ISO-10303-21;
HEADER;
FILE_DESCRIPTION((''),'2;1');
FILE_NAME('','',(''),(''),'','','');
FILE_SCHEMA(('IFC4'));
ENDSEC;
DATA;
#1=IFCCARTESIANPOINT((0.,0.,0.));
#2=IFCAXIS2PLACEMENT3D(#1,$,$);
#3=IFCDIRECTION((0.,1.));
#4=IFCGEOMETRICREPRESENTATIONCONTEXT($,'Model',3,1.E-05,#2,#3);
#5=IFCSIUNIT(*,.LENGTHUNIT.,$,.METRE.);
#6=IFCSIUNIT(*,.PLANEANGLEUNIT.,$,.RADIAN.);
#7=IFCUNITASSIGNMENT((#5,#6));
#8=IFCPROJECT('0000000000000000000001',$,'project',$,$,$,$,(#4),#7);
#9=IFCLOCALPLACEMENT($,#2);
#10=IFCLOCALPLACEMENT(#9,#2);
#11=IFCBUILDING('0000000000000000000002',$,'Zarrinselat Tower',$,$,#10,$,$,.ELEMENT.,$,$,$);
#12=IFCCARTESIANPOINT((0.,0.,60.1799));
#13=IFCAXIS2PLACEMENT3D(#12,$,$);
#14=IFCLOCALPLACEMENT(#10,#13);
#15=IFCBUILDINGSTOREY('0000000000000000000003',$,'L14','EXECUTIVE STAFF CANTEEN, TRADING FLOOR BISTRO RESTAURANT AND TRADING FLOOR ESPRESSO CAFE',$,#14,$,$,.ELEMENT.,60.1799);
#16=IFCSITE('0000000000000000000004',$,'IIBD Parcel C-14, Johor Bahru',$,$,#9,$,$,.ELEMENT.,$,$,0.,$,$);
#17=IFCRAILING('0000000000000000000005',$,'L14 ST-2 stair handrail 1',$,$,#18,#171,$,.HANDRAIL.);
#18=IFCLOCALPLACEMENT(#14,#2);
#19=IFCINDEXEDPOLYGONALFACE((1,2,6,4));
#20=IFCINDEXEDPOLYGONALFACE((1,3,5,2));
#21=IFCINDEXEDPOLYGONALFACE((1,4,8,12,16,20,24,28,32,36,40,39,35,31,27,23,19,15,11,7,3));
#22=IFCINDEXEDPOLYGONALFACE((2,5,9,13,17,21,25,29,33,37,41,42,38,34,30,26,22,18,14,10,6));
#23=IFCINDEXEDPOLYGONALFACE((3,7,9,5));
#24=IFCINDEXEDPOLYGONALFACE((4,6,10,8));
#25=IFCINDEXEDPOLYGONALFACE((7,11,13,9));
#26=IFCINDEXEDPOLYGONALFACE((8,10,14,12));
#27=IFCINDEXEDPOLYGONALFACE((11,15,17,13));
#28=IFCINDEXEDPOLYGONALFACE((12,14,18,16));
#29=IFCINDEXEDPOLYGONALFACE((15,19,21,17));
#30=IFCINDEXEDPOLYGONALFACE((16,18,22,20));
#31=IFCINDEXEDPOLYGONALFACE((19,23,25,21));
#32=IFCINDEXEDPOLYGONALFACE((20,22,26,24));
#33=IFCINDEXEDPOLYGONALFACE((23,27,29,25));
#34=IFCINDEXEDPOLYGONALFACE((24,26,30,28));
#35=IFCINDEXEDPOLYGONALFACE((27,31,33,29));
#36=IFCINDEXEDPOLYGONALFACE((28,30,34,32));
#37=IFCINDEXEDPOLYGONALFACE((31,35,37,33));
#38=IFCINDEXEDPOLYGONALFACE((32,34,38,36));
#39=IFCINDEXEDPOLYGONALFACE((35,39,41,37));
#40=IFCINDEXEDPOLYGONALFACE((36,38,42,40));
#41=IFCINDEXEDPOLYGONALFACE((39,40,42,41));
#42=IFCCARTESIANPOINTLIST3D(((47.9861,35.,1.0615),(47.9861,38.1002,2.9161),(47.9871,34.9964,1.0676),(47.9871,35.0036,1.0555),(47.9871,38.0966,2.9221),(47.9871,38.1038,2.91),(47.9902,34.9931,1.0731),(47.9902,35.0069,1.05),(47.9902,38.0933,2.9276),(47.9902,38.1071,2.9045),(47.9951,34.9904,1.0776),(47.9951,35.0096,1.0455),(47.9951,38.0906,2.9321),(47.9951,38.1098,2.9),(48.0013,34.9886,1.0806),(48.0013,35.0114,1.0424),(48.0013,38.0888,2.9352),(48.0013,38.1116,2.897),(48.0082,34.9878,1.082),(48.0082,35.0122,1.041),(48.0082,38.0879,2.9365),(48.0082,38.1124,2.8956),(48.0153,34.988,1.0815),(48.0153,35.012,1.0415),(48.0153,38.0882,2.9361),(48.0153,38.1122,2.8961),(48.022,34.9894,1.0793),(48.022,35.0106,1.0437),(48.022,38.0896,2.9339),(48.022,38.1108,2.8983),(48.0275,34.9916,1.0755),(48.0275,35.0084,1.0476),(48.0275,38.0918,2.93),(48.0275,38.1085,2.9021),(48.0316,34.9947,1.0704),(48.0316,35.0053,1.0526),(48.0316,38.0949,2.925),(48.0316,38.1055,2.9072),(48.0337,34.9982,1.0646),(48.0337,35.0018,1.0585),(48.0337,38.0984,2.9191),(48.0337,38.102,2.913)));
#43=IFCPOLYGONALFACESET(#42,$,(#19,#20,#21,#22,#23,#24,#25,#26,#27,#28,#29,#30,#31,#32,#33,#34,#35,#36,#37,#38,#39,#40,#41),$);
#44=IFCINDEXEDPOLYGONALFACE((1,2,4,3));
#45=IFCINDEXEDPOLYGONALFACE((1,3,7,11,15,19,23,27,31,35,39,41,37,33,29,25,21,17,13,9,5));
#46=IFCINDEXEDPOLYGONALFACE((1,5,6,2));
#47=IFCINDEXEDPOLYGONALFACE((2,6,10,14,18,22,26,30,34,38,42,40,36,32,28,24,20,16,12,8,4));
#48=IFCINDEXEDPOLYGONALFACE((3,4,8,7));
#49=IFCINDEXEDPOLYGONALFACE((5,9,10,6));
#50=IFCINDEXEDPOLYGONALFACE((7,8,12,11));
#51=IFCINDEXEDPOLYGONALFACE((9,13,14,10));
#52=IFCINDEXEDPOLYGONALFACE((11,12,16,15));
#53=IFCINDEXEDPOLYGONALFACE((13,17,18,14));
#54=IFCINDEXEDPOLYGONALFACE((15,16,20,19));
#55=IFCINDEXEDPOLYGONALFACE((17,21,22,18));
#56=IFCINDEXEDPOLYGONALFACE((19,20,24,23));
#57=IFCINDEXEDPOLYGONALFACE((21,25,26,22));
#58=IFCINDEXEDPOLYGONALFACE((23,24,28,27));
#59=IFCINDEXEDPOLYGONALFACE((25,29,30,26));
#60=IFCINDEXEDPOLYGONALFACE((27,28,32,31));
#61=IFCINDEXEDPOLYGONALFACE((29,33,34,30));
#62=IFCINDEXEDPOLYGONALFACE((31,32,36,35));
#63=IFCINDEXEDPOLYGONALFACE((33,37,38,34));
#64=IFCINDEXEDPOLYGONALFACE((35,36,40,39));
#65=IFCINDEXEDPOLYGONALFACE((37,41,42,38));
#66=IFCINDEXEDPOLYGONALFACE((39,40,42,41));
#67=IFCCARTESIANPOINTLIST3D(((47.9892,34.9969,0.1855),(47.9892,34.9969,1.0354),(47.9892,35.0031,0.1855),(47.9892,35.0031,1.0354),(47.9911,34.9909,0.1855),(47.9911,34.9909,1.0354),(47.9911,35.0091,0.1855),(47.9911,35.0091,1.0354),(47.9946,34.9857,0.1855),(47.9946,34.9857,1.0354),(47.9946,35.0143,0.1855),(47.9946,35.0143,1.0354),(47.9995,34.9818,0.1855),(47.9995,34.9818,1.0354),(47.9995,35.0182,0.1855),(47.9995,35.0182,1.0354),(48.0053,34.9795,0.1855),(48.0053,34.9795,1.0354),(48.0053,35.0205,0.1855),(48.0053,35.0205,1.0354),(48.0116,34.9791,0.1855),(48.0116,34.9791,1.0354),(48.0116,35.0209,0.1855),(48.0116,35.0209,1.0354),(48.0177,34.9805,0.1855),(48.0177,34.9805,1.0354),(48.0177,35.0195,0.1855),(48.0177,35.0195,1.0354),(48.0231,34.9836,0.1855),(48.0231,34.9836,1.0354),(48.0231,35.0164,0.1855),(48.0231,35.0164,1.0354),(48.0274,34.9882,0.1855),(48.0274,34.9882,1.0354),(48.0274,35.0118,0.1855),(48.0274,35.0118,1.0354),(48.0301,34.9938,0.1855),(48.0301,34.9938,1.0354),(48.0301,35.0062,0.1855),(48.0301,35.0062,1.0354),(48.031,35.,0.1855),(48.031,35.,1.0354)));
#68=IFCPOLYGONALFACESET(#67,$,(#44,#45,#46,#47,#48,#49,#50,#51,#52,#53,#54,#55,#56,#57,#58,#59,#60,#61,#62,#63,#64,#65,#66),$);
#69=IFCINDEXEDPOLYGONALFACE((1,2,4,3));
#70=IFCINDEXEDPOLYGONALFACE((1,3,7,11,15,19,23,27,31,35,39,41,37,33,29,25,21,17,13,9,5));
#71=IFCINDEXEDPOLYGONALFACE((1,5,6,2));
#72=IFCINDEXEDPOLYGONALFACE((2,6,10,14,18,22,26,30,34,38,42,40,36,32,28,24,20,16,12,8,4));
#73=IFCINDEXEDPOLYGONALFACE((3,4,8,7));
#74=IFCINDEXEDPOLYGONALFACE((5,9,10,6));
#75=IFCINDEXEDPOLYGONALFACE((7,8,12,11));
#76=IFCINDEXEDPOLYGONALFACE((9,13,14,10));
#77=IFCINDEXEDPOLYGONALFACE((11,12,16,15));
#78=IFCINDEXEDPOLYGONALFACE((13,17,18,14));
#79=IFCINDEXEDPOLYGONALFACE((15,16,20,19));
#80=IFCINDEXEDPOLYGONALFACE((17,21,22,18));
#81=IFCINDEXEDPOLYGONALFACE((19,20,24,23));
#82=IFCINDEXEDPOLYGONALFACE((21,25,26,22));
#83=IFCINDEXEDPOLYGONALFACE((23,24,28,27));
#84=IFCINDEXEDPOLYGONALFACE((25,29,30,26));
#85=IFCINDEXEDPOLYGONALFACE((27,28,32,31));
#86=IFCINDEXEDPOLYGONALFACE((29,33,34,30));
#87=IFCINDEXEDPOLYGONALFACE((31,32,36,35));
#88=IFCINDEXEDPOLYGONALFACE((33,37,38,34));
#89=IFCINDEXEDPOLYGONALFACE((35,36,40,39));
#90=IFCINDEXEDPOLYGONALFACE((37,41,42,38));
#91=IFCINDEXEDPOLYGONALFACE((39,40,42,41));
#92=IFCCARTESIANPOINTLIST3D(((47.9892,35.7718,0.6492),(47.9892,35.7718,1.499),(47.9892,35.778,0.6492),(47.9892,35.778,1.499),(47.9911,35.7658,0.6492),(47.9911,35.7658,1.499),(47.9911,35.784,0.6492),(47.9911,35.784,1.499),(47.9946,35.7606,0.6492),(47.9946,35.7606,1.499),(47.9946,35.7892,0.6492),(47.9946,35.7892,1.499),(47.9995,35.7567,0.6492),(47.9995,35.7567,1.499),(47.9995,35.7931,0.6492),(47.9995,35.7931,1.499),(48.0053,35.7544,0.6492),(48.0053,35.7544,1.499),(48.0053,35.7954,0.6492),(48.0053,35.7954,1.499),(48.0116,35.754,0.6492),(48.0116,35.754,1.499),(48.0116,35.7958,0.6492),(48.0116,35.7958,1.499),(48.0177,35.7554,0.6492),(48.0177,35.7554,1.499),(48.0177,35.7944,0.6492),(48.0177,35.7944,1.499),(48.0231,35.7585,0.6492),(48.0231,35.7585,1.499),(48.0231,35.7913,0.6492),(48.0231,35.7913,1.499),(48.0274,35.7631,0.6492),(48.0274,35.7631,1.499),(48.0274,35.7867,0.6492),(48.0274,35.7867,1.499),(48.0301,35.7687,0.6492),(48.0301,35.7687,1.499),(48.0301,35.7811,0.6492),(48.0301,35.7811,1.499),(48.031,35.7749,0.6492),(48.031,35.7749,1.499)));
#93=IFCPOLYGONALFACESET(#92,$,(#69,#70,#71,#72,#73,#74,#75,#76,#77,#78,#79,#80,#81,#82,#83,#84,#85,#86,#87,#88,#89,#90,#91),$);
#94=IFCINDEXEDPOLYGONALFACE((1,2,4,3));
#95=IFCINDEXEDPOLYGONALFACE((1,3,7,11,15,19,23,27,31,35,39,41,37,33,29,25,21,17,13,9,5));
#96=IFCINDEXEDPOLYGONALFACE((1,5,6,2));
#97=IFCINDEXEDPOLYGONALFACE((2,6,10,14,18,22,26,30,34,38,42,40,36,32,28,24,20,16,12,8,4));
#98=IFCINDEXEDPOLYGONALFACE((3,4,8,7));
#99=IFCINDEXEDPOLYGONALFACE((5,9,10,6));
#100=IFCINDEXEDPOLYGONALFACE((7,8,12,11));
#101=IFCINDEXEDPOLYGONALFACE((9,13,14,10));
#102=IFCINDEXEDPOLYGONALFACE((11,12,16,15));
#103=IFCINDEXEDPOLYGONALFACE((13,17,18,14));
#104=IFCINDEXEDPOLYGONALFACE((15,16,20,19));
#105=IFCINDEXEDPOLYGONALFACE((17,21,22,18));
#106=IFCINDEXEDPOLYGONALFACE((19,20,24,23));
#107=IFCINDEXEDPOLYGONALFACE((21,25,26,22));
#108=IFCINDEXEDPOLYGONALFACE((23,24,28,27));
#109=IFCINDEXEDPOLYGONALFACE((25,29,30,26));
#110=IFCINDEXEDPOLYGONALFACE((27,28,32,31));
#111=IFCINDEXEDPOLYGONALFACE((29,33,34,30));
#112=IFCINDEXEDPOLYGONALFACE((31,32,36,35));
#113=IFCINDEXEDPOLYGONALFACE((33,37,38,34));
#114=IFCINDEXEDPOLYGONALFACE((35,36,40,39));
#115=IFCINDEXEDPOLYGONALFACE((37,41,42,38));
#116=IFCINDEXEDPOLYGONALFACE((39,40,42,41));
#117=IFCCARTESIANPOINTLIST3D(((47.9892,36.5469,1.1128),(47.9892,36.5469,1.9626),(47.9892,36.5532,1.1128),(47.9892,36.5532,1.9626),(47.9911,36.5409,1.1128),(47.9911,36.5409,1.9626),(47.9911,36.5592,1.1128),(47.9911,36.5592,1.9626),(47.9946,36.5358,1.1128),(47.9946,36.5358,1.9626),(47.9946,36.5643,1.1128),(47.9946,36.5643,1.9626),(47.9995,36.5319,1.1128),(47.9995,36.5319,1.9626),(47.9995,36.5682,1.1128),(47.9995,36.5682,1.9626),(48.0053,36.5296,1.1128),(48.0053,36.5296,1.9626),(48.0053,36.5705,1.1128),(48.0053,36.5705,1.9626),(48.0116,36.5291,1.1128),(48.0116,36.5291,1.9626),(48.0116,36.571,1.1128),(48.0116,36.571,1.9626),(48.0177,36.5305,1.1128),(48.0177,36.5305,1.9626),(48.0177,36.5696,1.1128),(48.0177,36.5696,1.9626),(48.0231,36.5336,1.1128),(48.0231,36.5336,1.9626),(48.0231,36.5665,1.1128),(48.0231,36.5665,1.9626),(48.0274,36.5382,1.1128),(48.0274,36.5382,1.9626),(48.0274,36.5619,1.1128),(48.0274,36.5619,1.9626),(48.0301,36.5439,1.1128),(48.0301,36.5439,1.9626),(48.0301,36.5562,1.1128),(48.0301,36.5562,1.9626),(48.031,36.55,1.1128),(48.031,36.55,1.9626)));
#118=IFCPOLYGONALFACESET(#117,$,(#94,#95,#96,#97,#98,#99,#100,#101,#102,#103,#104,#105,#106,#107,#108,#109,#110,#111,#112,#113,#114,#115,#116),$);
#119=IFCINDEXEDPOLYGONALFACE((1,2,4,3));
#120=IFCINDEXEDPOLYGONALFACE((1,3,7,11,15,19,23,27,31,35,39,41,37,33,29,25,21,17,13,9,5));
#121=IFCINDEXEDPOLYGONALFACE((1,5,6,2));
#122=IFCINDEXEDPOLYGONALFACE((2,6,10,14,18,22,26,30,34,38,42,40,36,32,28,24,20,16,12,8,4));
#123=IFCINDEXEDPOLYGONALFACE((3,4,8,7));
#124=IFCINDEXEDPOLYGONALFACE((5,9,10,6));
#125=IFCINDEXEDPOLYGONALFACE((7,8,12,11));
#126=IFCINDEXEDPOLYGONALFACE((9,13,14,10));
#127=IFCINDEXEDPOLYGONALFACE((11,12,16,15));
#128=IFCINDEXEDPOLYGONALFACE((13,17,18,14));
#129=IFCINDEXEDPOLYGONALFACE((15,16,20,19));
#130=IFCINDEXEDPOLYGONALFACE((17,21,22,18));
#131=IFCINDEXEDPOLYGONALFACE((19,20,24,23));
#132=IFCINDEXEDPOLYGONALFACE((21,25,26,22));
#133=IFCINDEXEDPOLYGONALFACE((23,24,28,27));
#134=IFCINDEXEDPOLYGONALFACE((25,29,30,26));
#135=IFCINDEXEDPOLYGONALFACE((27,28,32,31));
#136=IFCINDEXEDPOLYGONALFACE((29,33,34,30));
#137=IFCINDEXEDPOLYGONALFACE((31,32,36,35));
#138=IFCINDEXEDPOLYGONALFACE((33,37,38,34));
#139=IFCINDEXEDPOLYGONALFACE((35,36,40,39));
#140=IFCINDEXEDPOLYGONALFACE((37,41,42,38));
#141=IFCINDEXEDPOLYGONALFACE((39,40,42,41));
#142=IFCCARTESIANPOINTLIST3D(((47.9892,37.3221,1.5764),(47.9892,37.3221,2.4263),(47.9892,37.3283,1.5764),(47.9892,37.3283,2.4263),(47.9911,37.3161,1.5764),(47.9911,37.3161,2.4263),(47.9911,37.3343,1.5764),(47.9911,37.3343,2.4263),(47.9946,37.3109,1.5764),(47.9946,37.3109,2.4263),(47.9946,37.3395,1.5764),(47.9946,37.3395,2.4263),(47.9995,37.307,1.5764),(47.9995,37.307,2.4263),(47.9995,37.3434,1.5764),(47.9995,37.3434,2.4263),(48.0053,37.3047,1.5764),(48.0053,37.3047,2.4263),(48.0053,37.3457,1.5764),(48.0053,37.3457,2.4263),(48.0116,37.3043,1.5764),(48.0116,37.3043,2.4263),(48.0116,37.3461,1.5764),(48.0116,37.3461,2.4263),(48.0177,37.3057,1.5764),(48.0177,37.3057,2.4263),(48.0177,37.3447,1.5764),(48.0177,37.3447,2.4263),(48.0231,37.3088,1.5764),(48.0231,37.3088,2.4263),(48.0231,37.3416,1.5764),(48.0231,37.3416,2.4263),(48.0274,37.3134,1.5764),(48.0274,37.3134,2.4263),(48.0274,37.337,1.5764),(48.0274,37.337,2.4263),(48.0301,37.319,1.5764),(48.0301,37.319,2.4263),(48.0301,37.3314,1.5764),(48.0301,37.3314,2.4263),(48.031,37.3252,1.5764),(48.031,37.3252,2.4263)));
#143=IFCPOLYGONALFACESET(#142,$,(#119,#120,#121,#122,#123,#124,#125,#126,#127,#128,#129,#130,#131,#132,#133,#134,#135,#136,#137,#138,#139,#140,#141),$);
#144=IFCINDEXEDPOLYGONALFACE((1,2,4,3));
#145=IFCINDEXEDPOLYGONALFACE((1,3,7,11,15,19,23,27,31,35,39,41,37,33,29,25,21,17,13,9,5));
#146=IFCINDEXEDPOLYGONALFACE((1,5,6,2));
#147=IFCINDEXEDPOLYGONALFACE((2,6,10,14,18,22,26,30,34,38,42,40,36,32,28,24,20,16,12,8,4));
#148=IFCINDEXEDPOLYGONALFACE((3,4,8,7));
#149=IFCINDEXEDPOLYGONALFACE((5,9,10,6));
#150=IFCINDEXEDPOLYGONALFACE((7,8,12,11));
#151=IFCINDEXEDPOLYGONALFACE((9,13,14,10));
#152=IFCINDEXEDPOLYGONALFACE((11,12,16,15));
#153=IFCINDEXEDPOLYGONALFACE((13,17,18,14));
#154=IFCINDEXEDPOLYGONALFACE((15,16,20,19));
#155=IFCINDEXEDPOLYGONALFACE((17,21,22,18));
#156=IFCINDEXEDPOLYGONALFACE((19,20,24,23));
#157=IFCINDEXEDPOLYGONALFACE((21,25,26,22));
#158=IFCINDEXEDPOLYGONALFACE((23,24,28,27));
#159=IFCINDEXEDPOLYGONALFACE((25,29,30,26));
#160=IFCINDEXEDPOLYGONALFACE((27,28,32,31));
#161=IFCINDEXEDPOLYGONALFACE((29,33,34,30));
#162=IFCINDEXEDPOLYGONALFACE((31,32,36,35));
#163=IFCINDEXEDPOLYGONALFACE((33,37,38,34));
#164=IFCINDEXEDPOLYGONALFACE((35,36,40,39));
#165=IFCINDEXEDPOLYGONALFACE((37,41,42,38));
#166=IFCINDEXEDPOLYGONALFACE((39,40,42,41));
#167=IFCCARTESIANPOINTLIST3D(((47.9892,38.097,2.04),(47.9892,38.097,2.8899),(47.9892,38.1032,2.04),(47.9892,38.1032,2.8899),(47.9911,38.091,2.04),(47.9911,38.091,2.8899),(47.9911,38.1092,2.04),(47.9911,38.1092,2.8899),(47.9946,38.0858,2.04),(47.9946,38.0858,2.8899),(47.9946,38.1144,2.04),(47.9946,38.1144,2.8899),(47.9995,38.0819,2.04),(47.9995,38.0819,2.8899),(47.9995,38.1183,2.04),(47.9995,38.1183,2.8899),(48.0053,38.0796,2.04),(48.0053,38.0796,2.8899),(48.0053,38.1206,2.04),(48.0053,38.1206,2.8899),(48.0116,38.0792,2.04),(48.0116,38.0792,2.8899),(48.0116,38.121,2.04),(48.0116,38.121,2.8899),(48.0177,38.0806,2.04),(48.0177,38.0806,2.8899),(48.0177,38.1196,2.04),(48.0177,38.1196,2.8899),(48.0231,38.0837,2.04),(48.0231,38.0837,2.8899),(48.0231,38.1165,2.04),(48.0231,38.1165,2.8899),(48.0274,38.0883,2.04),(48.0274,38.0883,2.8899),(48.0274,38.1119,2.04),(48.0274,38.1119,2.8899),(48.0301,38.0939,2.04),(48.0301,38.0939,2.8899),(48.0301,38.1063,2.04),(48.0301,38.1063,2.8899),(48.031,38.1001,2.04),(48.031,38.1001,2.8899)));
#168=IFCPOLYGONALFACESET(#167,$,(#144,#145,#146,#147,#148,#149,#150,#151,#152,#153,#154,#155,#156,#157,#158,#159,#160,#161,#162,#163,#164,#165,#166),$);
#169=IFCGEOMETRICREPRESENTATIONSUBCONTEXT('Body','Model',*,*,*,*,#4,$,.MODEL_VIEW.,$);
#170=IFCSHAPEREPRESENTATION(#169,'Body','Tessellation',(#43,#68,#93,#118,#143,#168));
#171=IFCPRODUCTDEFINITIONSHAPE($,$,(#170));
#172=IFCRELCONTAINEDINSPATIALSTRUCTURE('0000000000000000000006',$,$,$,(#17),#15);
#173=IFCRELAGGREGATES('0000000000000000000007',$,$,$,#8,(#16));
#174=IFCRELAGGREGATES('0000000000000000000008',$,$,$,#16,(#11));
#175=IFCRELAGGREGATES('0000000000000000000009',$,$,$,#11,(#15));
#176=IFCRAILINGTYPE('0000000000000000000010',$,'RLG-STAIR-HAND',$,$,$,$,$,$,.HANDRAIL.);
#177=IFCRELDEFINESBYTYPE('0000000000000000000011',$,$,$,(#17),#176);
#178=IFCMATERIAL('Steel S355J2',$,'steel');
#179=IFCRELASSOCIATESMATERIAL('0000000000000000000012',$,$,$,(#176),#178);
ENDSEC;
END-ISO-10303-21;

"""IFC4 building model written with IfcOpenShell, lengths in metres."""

from ifc_helpers import new_model, si_unit, direction, frame, origin, origin_2d, place, context, subcontext, project, spatial, circle, extrude, material, type_object, element, save


model = new_model("IFC4")

# Units and contexts
model_context = context("Model", 3, precision=1e-05, world=origin(), true_north=direction((0.0, 1.0)))
body_context = subcontext(model_context, "Body", "Model", "MODEL_VIEW")
ifc_project = project(units=[si_unit("LENGTHUNIT", "METRE"), si_unit("PLANEANGLEUNIT", "RADIAN")], contexts=[model_context])

# Site, building, storey
site_placement = place(None, origin())
site = spatial("IfcSite", under=ifc_project, at=site_placement, Name="IIBD Parcel C-14, Johor Bahru", CompositionType="ELEMENT", RefElevation=0.0)
building_placement = place(site_placement, origin())
building = spatial("IfcBuilding", under=site, at=building_placement, Name="Zarrinselat Tower", CompositionType="ELEMENT")
storey_placement = place(building_placement, frame((0.0, 0.0, 60.1799)))
storey = spatial("IfcBuildingStorey", under=building, at=storey_placement, Name="L14", Description="EXECUTIVE STAFF CANTEEN, TRADING FLOOR BISTRO RESTAURANT AND TRADING FLOOR ESPRESSO CAFE", CompositionType="ELEMENT", Elevation=60.1799)

# Railing
ifc_material_1 = material(Name="Steel S355J2", Category="steel")
railing_type_1 = type_object("IfcRailingType", Name="RLG-STAIR-HAND", PredefinedType="HANDRAIL", material=ifc_material_1)
railing_1_placement = place(storey_placement, frame((48.01, 35.0, 0.1855)))
element("IfcRailing", 1, at=railing_1_placement, inside=storey, type_object=railing_type_1, Name="L14 ST-2 stair handrail 1", PredefinedType="HANDRAIL", context=body_context, shape_type="SweptSolid", body=[
    extrude(circle(Radius=0.0239, at=origin_2d()), frame((0.0, 0.0, 0.876), z_axis=(0.0, 0.858172, 0.513362), x_axis=(-1.0, 0.0, 0.0)), (0.0, 0.0, 1.0), 3.6125),
    extrude(circle(Radius=0.021, at=origin_2d()), origin(), (0.0, 0.0, 1.0), 0.8499),
    extrude(circle(Radius=0.021, at=origin_2d()), frame((0.0, 0.7749, 0.4636)), (0.0, 0.0, 1.0), 0.8499),
    extrude(circle(Radius=0.021, at=origin_2d()), frame((0.0, 1.55, 0.9272)), (0.0, 0.0, 1.0), 0.8499),
    extrude(circle(Radius=0.021, at=origin_2d()), frame((0.0, 2.3252, 1.3909)), (0.0, 0.0, 1.0), 0.8499),
    extrude(circle(Radius=0.021, at=origin_2d()), frame((0.0, 3.1001, 1.8545)), (0.0, 0.0, 1.0), 0.8499),
])

save(model, "model.ifc")
